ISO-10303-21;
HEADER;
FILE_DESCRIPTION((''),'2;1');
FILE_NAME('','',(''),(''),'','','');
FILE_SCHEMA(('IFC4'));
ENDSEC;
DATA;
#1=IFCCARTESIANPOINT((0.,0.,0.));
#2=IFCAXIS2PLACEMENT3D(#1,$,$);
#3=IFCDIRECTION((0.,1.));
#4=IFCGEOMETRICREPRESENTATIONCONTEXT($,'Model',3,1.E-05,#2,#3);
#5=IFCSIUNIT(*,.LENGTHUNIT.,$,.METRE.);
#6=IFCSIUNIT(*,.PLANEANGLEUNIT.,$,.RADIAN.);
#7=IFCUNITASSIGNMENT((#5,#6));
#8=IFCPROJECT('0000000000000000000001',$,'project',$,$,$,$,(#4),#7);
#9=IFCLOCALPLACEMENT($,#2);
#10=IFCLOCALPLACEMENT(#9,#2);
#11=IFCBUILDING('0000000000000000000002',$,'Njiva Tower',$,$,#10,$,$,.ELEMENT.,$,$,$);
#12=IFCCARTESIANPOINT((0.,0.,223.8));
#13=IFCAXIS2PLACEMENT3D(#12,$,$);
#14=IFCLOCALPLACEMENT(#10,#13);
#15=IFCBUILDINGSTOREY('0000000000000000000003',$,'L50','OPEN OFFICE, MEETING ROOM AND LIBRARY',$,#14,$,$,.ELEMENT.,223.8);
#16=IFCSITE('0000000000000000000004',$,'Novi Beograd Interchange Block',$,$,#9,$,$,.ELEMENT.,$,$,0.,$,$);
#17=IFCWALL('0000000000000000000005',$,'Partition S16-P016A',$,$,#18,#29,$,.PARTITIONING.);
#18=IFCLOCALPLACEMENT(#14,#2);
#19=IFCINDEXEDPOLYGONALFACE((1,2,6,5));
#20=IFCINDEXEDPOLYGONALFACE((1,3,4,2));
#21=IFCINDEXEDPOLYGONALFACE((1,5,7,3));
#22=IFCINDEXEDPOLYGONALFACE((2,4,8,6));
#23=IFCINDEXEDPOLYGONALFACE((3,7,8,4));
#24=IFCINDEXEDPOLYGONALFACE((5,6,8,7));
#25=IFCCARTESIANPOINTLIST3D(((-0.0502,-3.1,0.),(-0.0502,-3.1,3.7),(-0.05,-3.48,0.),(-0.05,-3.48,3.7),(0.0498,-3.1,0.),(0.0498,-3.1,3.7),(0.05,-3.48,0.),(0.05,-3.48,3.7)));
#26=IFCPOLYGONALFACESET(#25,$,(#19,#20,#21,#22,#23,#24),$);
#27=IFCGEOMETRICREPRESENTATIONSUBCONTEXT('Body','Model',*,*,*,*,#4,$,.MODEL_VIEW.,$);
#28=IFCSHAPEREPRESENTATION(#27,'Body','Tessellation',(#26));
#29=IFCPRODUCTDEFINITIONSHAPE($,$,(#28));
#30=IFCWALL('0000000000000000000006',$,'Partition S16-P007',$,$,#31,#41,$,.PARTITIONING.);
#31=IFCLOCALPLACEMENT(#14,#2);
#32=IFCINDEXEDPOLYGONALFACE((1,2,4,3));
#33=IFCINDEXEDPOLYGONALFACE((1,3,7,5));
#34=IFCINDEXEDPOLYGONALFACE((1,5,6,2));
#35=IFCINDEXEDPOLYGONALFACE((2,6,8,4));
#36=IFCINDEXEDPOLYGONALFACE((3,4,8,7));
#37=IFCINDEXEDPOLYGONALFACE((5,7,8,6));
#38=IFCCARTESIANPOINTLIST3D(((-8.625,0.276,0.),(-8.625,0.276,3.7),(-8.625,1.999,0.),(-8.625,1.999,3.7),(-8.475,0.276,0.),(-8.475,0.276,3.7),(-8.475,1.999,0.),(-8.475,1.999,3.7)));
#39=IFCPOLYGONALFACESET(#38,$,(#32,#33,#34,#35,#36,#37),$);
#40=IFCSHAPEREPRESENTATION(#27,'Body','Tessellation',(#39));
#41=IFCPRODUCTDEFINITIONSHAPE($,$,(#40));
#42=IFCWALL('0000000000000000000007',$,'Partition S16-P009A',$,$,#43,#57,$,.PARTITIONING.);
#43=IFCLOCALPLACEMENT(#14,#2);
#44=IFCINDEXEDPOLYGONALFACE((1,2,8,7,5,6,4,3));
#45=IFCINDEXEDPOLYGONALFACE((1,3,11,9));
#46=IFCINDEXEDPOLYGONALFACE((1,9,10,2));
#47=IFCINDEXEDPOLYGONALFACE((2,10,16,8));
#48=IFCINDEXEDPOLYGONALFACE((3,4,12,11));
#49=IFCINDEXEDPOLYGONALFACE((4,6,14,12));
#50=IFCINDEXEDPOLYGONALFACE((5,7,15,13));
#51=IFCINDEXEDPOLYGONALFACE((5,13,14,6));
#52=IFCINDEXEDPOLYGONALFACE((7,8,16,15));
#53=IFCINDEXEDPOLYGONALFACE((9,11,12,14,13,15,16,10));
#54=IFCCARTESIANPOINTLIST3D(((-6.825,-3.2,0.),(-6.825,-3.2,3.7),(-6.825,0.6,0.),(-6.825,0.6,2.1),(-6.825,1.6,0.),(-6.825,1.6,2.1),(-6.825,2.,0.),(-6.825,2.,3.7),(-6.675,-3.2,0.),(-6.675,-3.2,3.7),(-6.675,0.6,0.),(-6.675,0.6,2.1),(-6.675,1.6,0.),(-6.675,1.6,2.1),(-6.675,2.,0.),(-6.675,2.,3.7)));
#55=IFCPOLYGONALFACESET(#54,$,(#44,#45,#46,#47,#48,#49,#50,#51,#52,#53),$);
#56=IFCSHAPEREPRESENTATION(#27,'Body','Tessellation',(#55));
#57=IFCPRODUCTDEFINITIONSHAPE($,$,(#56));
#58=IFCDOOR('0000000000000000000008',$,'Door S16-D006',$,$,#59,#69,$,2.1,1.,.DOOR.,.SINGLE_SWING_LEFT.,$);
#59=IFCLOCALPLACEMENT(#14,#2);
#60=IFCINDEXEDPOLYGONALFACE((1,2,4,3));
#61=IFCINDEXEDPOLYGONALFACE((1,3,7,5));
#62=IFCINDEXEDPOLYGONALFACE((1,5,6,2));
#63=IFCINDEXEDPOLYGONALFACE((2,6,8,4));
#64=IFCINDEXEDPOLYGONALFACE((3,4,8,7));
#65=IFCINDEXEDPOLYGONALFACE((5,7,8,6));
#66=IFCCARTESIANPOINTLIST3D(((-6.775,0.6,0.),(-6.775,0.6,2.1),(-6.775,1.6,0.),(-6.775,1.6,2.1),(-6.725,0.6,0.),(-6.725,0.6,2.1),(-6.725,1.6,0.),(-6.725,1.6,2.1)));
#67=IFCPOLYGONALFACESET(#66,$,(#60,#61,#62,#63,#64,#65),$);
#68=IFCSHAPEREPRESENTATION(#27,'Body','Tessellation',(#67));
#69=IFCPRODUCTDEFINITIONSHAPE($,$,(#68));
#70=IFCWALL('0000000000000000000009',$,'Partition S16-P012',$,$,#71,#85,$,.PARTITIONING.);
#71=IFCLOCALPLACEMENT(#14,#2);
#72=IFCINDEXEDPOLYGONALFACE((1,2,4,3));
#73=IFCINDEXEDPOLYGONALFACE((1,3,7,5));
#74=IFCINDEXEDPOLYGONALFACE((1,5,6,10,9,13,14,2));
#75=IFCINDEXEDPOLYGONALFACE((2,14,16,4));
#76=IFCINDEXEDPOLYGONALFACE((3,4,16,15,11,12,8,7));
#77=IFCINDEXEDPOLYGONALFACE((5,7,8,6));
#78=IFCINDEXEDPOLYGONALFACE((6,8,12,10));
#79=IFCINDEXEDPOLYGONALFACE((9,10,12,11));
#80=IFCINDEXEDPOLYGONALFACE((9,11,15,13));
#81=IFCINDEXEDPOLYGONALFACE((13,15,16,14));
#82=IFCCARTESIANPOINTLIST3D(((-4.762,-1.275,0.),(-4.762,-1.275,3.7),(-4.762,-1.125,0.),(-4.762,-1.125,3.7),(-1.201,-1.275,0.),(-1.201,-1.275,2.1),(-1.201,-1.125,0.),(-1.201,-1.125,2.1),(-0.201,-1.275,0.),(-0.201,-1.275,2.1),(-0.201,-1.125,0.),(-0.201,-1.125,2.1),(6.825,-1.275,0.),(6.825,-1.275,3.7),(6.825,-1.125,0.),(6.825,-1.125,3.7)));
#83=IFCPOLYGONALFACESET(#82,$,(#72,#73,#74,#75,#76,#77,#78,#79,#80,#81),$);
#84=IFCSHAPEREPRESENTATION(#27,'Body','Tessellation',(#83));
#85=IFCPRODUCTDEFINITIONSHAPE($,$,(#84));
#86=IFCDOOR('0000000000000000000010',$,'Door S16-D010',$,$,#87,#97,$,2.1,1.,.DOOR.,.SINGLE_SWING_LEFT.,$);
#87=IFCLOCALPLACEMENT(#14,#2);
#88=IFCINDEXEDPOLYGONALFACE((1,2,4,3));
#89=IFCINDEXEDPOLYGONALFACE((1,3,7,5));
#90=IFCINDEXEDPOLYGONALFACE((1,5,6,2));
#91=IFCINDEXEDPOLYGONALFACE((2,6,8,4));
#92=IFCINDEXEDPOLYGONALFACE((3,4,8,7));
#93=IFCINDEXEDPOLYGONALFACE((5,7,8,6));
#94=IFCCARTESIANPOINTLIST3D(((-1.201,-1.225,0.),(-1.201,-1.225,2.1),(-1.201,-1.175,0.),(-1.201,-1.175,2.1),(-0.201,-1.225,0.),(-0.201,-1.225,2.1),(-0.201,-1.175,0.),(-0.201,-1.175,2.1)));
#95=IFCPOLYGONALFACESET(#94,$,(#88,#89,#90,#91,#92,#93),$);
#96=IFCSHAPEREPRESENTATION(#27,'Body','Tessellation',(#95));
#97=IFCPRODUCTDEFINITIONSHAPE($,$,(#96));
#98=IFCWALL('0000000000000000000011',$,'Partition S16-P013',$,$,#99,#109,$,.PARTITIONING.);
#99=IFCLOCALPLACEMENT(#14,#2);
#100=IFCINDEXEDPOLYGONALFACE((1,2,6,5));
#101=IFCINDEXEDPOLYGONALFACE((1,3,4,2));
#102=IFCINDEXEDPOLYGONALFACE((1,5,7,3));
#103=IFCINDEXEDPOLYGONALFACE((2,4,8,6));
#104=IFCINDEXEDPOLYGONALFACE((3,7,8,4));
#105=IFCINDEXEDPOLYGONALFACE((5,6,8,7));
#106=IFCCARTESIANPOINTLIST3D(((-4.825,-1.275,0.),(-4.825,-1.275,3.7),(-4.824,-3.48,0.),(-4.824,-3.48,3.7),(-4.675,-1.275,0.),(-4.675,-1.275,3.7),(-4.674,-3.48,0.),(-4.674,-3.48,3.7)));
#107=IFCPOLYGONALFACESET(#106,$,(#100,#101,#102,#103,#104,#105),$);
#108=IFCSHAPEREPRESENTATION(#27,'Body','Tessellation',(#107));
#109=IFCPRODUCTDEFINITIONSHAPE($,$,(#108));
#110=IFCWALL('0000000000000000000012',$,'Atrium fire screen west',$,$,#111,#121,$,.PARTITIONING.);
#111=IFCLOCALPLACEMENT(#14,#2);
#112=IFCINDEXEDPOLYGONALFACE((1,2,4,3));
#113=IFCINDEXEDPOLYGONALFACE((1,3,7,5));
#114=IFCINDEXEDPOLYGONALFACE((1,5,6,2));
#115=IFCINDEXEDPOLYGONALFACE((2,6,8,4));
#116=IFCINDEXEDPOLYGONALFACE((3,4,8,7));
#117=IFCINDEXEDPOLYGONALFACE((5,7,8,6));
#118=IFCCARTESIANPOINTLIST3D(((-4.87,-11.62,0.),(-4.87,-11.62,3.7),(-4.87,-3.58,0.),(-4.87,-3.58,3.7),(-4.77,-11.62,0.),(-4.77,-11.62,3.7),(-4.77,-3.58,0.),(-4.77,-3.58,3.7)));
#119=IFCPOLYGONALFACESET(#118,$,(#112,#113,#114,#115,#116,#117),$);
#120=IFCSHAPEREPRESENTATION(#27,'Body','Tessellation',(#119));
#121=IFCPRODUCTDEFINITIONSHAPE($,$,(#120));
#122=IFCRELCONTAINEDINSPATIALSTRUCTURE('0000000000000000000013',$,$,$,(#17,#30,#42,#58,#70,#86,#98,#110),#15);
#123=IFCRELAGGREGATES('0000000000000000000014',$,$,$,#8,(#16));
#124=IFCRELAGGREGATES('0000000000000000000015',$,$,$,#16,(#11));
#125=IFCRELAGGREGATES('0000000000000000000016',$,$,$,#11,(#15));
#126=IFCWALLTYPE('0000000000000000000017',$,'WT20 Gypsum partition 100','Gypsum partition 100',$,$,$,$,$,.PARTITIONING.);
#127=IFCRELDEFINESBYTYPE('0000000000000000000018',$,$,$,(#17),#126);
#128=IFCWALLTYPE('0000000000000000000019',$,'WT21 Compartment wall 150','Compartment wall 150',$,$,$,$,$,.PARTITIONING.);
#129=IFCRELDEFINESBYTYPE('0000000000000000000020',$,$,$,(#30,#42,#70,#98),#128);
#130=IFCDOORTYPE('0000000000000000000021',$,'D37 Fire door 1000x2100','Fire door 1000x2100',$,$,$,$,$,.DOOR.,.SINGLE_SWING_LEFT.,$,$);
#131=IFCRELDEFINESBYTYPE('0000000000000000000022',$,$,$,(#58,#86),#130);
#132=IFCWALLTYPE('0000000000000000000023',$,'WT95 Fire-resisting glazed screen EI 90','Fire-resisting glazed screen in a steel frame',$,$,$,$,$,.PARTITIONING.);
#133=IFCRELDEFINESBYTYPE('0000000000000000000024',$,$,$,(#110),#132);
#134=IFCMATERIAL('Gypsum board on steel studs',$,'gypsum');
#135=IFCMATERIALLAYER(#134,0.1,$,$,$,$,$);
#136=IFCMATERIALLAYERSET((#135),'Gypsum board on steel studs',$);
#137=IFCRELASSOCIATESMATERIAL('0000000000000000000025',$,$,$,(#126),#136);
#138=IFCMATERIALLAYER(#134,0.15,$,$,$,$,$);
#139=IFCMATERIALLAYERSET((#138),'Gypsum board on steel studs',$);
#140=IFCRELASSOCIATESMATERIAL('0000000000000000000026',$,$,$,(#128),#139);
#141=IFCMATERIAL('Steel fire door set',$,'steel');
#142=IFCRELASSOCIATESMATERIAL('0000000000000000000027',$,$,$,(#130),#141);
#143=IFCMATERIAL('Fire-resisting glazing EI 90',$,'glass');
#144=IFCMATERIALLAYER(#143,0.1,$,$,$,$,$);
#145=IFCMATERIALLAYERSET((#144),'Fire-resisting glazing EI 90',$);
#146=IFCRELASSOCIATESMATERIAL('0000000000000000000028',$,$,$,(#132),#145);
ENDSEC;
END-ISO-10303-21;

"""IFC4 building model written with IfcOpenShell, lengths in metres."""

from ifc_helpers import new_model, si_unit, direction, frame, frame_2d, origin, place, context, subcontext, project, spatial, rectangle, extrude, material, layer, layer_set, type_object, element, fill, save


model = new_model("IFC4")

# Units and contexts
model_context = context("Model", 3, precision=1e-05, world=origin(), true_north=direction((0.0, 1.0)))
body_context = subcontext(model_context, "Body", "Model", "MODEL_VIEW")
ifc_project = project(units=[si_unit("LENGTHUNIT", "METRE"), si_unit("PLANEANGLEUNIT", "RADIAN")], contexts=[model_context])

# Site, building, storey
site_placement = place(None, origin())
site = spatial("IfcSite", under=ifc_project, at=site_placement, Name="Novi Beograd Interchange Block", CompositionType="ELEMENT", RefElevation=0.0)
building_placement = place(site_placement, origin())
building = spatial("IfcBuilding", under=site, at=building_placement, Name="Njiva Tower", CompositionType="ELEMENT")
storey_placement = place(building_placement, frame((0.0, 0.0, 223.8)))
storey = spatial("IfcBuildingStorey", under=building, at=storey_placement, Name="L50", Description="OPEN OFFICE, MEETING ROOM AND LIBRARY", CompositionType="ELEMENT", Elevation=223.8)

# Walls
ifc_material_1 = material(Name="Gypsum board on steel studs", Category="gypsum")
ifc_layer_1 = layer(ifc_material_1, 0.1)
ifc_layer_set_1 = layer_set([ifc_layer_1], Name="Gypsum board on steel studs")
wall_type_1 = type_object("IfcWallType", Name="WT20 Gypsum partition 100", Description="Gypsum partition 100", PredefinedType="PARTITIONING", material=ifc_layer_set_1)
wall_1_placement = place(storey_placement, frame((-0.0002, -3.1, 0.0), z_axis=(0.0, 0.0, 1.0), x_axis=(0.000526, -1.0, 0.0)))
element("IfcWall", 1, at=wall_1_placement, inside=storey, type_object=wall_type_1, Name="Partition S16-P016A", PredefinedType="PARTITIONING", context=body_context, shape_type="SweptSolid", body=[
    extrude(rectangle(XDim=0.38, YDim=0.1, at=frame_2d((0.19, 0.0))), origin(), (0.0, 0.0, 1.0), 3.7),
])
ifc_layer_2 = layer(ifc_material_1, 0.15)
ifc_layer_set_2 = layer_set([ifc_layer_2], Name="Gypsum board on steel studs")
wall_type_2 = type_object("IfcWallType", Name="WT21 Compartment wall 150", Description="Compartment wall 150", PredefinedType="PARTITIONING", material=ifc_layer_set_2)
wall_2_placement = place(storey_placement, frame((-8.55, 0.276, 0.0), z_axis=(0.0, 0.0, 1.0), x_axis=(0.0, 1.0, 0.0)))
element("IfcWall", 2, at=wall_2_placement, inside=storey, type_object=wall_type_2, Name="Partition S16-P007", PredefinedType="PARTITIONING", context=body_context, shape_type="SweptSolid", body=[
    extrude(rectangle(XDim=1.723, YDim=0.15, at=frame_2d((0.8615, 0.0))), origin(), (0.0, 0.0, 1.0), 3.7),
])

# Walls, openings, doors
wall_3_placement = place(storey_placement, frame((-6.75, -3.2, 0.0), z_axis=(0.0, 0.0, 1.0), x_axis=(0.0, 1.0, 0.0)))
wall_3 = element("IfcWall", 3, at=wall_3_placement, inside=storey, type_object=wall_type_2, Name="Partition S16-P009A", PredefinedType="PARTITIONING", context=body_context, shape_type="SweptSolid", body=[
    extrude(rectangle(XDim=5.2, YDim=0.15, at=frame_2d((2.6, 0.0))), origin(), (0.0, 0.0, 1.0), 3.7),
])
opening_1_placement = place(wall_3_placement, frame((3.8, 0.0, 0.0)))
opening_1 = element("IfcOpeningElement", 4, at=opening_1_placement, cuts=wall_3, PredefinedType="OPENING", context=body_context, shape_type="SweptSolid", body=[
    extrude(rectangle(XDim=1.0, YDim=2.1, at=frame_2d((0.5, 1.05))), frame((0.0, 0.085, 0.0), z_axis=(0.0, -1.0, 0.0), x_axis=(1.0, 0.0, 0.0)), (0.0, 0.0, 1.0), 0.17),
])
ifc_material_2 = material(Name="Steel fire door set", Category="steel")
door_type = type_object("IfcDoorType", Name="D37 Fire door 1000x2100", Description="Fire door 1000x2100", OperationType="SINGLE_SWING_LEFT", PredefinedType="DOOR", material=ifc_material_2)
door_1_placement = place(opening_1_placement, origin())
door_1 = element("IfcDoor", 5, at=door_1_placement, inside=storey, type_object=door_type, Name="Door S16-D006", OperationType="SINGLE_SWING_LEFT", OverallHeight=2.1, OverallWidth=1.0, PredefinedType="DOOR", context=body_context, shape_type="SweptSolid", body=[
    extrude(rectangle(XDim=1.0, YDim=2.1, at=frame_2d((0.5, 1.05))), frame((0.0, 0.025, 0.0), z_axis=(0.0, -1.0, 0.0), x_axis=(1.0, 0.0, 0.0)), (0.0, 0.0, 1.0), 0.05),
])
fill(opening_1, door_1)
wall_4_placement = place(storey_placement, frame((-4.762, -1.2, 0.0), z_axis=(0.0, 0.0, 1.0), x_axis=(1.0, 0.0, 0.0)))
wall_4 = element("IfcWall", 6, at=wall_4_placement, inside=storey, type_object=wall_type_2, Name="Partition S16-P012", PredefinedType="PARTITIONING", context=body_context, shape_type="SweptSolid", body=[
    extrude(rectangle(XDim=11.587, YDim=0.15, at=frame_2d((5.7935, 0.0))), origin(), (0.0, 0.0, 1.0), 3.7),
])
opening_2_placement = place(wall_4_placement, frame((3.561, 0.0, 0.0)))
opening_2 = element("IfcOpeningElement", 7, at=opening_2_placement, cuts=wall_4, PredefinedType="OPENING", context=body_context, shape_type="SweptSolid", body=[
    extrude(rectangle(XDim=1.0, YDim=2.1, at=frame_2d((0.5, 1.05))), frame((0.0, 0.085, 0.0), z_axis=(0.0, -1.0, 0.0), x_axis=(1.0, 0.0, 0.0)), (0.0, 0.0, 1.0), 0.17),
])
door_2_placement = place(opening_2_placement, origin())
door_2 = element("IfcDoor", 8, at=door_2_placement, inside=storey, type_object=door_type, Name="Door S16-D010", OperationType="SINGLE_SWING_LEFT", OverallHeight=2.1, OverallWidth=1.0, PredefinedType="DOOR", context=body_context, shape_type="SweptSolid", body=[
    extrude(rectangle(XDim=1.0, YDim=2.1, at=frame_2d((0.5, 1.05))), frame((0.0, 0.025, 0.0), z_axis=(0.0, -1.0, 0.0), x_axis=(1.0, 0.0, 0.0)), (0.0, 0.0, 1.0), 0.05),
])
fill(opening_2, door_2)

# Walls
wall_5_placement = place(storey_placement, frame((-4.75, -1.275, 0.0), z_axis=(0.0, 0.0, 1.0), x_axis=(0.000454, -1.0, 0.0)))
element("IfcWall", 9, at=wall_5_placement, inside=storey, type_object=wall_type_2, Name="Partition S16-P013", PredefinedType="PARTITIONING", context=body_context, shape_type="SweptSolid", body=[
    extrude(rectangle(XDim=2.205, YDim=0.15, at=frame_2d((1.1025, 0.0))), origin(), (0.0, 0.0, 1.0), 3.7),
])
ifc_material_3 = material(Name="Fire-resisting glazing EI 90", Category="glass")
ifc_layer_3 = layer(ifc_material_3, 0.1)
ifc_layer_set_3 = layer_set([ifc_layer_3], Name="Fire-resisting glazing EI 90")
wall_type_3 = type_object("IfcWallType", Name="WT95 Fire-resisting glazed screen EI 90", Description="Fire-resisting glazed screen in a steel frame", PredefinedType="PARTITIONING", material=ifc_layer_set_3)
wall_6_placement = place(storey_placement, frame((-4.82, -3.58, 0.0), z_axis=(0.0, 0.0, 1.0), x_axis=(0.0, -1.0, 0.0)))
element("IfcWall", 10, at=wall_6_placement, inside=storey, type_object=wall_type_3, Name="Atrium fire screen west", PredefinedType="PARTITIONING", context=body_context, shape_type="SweptSolid", body=[
    extrude(rectangle(XDim=8.04, YDim=0.1, at=frame_2d((4.02, 0.0))), origin(), (0.0, 0.0, 1.0), 3.7),
])

save(model, "model.ifc")
